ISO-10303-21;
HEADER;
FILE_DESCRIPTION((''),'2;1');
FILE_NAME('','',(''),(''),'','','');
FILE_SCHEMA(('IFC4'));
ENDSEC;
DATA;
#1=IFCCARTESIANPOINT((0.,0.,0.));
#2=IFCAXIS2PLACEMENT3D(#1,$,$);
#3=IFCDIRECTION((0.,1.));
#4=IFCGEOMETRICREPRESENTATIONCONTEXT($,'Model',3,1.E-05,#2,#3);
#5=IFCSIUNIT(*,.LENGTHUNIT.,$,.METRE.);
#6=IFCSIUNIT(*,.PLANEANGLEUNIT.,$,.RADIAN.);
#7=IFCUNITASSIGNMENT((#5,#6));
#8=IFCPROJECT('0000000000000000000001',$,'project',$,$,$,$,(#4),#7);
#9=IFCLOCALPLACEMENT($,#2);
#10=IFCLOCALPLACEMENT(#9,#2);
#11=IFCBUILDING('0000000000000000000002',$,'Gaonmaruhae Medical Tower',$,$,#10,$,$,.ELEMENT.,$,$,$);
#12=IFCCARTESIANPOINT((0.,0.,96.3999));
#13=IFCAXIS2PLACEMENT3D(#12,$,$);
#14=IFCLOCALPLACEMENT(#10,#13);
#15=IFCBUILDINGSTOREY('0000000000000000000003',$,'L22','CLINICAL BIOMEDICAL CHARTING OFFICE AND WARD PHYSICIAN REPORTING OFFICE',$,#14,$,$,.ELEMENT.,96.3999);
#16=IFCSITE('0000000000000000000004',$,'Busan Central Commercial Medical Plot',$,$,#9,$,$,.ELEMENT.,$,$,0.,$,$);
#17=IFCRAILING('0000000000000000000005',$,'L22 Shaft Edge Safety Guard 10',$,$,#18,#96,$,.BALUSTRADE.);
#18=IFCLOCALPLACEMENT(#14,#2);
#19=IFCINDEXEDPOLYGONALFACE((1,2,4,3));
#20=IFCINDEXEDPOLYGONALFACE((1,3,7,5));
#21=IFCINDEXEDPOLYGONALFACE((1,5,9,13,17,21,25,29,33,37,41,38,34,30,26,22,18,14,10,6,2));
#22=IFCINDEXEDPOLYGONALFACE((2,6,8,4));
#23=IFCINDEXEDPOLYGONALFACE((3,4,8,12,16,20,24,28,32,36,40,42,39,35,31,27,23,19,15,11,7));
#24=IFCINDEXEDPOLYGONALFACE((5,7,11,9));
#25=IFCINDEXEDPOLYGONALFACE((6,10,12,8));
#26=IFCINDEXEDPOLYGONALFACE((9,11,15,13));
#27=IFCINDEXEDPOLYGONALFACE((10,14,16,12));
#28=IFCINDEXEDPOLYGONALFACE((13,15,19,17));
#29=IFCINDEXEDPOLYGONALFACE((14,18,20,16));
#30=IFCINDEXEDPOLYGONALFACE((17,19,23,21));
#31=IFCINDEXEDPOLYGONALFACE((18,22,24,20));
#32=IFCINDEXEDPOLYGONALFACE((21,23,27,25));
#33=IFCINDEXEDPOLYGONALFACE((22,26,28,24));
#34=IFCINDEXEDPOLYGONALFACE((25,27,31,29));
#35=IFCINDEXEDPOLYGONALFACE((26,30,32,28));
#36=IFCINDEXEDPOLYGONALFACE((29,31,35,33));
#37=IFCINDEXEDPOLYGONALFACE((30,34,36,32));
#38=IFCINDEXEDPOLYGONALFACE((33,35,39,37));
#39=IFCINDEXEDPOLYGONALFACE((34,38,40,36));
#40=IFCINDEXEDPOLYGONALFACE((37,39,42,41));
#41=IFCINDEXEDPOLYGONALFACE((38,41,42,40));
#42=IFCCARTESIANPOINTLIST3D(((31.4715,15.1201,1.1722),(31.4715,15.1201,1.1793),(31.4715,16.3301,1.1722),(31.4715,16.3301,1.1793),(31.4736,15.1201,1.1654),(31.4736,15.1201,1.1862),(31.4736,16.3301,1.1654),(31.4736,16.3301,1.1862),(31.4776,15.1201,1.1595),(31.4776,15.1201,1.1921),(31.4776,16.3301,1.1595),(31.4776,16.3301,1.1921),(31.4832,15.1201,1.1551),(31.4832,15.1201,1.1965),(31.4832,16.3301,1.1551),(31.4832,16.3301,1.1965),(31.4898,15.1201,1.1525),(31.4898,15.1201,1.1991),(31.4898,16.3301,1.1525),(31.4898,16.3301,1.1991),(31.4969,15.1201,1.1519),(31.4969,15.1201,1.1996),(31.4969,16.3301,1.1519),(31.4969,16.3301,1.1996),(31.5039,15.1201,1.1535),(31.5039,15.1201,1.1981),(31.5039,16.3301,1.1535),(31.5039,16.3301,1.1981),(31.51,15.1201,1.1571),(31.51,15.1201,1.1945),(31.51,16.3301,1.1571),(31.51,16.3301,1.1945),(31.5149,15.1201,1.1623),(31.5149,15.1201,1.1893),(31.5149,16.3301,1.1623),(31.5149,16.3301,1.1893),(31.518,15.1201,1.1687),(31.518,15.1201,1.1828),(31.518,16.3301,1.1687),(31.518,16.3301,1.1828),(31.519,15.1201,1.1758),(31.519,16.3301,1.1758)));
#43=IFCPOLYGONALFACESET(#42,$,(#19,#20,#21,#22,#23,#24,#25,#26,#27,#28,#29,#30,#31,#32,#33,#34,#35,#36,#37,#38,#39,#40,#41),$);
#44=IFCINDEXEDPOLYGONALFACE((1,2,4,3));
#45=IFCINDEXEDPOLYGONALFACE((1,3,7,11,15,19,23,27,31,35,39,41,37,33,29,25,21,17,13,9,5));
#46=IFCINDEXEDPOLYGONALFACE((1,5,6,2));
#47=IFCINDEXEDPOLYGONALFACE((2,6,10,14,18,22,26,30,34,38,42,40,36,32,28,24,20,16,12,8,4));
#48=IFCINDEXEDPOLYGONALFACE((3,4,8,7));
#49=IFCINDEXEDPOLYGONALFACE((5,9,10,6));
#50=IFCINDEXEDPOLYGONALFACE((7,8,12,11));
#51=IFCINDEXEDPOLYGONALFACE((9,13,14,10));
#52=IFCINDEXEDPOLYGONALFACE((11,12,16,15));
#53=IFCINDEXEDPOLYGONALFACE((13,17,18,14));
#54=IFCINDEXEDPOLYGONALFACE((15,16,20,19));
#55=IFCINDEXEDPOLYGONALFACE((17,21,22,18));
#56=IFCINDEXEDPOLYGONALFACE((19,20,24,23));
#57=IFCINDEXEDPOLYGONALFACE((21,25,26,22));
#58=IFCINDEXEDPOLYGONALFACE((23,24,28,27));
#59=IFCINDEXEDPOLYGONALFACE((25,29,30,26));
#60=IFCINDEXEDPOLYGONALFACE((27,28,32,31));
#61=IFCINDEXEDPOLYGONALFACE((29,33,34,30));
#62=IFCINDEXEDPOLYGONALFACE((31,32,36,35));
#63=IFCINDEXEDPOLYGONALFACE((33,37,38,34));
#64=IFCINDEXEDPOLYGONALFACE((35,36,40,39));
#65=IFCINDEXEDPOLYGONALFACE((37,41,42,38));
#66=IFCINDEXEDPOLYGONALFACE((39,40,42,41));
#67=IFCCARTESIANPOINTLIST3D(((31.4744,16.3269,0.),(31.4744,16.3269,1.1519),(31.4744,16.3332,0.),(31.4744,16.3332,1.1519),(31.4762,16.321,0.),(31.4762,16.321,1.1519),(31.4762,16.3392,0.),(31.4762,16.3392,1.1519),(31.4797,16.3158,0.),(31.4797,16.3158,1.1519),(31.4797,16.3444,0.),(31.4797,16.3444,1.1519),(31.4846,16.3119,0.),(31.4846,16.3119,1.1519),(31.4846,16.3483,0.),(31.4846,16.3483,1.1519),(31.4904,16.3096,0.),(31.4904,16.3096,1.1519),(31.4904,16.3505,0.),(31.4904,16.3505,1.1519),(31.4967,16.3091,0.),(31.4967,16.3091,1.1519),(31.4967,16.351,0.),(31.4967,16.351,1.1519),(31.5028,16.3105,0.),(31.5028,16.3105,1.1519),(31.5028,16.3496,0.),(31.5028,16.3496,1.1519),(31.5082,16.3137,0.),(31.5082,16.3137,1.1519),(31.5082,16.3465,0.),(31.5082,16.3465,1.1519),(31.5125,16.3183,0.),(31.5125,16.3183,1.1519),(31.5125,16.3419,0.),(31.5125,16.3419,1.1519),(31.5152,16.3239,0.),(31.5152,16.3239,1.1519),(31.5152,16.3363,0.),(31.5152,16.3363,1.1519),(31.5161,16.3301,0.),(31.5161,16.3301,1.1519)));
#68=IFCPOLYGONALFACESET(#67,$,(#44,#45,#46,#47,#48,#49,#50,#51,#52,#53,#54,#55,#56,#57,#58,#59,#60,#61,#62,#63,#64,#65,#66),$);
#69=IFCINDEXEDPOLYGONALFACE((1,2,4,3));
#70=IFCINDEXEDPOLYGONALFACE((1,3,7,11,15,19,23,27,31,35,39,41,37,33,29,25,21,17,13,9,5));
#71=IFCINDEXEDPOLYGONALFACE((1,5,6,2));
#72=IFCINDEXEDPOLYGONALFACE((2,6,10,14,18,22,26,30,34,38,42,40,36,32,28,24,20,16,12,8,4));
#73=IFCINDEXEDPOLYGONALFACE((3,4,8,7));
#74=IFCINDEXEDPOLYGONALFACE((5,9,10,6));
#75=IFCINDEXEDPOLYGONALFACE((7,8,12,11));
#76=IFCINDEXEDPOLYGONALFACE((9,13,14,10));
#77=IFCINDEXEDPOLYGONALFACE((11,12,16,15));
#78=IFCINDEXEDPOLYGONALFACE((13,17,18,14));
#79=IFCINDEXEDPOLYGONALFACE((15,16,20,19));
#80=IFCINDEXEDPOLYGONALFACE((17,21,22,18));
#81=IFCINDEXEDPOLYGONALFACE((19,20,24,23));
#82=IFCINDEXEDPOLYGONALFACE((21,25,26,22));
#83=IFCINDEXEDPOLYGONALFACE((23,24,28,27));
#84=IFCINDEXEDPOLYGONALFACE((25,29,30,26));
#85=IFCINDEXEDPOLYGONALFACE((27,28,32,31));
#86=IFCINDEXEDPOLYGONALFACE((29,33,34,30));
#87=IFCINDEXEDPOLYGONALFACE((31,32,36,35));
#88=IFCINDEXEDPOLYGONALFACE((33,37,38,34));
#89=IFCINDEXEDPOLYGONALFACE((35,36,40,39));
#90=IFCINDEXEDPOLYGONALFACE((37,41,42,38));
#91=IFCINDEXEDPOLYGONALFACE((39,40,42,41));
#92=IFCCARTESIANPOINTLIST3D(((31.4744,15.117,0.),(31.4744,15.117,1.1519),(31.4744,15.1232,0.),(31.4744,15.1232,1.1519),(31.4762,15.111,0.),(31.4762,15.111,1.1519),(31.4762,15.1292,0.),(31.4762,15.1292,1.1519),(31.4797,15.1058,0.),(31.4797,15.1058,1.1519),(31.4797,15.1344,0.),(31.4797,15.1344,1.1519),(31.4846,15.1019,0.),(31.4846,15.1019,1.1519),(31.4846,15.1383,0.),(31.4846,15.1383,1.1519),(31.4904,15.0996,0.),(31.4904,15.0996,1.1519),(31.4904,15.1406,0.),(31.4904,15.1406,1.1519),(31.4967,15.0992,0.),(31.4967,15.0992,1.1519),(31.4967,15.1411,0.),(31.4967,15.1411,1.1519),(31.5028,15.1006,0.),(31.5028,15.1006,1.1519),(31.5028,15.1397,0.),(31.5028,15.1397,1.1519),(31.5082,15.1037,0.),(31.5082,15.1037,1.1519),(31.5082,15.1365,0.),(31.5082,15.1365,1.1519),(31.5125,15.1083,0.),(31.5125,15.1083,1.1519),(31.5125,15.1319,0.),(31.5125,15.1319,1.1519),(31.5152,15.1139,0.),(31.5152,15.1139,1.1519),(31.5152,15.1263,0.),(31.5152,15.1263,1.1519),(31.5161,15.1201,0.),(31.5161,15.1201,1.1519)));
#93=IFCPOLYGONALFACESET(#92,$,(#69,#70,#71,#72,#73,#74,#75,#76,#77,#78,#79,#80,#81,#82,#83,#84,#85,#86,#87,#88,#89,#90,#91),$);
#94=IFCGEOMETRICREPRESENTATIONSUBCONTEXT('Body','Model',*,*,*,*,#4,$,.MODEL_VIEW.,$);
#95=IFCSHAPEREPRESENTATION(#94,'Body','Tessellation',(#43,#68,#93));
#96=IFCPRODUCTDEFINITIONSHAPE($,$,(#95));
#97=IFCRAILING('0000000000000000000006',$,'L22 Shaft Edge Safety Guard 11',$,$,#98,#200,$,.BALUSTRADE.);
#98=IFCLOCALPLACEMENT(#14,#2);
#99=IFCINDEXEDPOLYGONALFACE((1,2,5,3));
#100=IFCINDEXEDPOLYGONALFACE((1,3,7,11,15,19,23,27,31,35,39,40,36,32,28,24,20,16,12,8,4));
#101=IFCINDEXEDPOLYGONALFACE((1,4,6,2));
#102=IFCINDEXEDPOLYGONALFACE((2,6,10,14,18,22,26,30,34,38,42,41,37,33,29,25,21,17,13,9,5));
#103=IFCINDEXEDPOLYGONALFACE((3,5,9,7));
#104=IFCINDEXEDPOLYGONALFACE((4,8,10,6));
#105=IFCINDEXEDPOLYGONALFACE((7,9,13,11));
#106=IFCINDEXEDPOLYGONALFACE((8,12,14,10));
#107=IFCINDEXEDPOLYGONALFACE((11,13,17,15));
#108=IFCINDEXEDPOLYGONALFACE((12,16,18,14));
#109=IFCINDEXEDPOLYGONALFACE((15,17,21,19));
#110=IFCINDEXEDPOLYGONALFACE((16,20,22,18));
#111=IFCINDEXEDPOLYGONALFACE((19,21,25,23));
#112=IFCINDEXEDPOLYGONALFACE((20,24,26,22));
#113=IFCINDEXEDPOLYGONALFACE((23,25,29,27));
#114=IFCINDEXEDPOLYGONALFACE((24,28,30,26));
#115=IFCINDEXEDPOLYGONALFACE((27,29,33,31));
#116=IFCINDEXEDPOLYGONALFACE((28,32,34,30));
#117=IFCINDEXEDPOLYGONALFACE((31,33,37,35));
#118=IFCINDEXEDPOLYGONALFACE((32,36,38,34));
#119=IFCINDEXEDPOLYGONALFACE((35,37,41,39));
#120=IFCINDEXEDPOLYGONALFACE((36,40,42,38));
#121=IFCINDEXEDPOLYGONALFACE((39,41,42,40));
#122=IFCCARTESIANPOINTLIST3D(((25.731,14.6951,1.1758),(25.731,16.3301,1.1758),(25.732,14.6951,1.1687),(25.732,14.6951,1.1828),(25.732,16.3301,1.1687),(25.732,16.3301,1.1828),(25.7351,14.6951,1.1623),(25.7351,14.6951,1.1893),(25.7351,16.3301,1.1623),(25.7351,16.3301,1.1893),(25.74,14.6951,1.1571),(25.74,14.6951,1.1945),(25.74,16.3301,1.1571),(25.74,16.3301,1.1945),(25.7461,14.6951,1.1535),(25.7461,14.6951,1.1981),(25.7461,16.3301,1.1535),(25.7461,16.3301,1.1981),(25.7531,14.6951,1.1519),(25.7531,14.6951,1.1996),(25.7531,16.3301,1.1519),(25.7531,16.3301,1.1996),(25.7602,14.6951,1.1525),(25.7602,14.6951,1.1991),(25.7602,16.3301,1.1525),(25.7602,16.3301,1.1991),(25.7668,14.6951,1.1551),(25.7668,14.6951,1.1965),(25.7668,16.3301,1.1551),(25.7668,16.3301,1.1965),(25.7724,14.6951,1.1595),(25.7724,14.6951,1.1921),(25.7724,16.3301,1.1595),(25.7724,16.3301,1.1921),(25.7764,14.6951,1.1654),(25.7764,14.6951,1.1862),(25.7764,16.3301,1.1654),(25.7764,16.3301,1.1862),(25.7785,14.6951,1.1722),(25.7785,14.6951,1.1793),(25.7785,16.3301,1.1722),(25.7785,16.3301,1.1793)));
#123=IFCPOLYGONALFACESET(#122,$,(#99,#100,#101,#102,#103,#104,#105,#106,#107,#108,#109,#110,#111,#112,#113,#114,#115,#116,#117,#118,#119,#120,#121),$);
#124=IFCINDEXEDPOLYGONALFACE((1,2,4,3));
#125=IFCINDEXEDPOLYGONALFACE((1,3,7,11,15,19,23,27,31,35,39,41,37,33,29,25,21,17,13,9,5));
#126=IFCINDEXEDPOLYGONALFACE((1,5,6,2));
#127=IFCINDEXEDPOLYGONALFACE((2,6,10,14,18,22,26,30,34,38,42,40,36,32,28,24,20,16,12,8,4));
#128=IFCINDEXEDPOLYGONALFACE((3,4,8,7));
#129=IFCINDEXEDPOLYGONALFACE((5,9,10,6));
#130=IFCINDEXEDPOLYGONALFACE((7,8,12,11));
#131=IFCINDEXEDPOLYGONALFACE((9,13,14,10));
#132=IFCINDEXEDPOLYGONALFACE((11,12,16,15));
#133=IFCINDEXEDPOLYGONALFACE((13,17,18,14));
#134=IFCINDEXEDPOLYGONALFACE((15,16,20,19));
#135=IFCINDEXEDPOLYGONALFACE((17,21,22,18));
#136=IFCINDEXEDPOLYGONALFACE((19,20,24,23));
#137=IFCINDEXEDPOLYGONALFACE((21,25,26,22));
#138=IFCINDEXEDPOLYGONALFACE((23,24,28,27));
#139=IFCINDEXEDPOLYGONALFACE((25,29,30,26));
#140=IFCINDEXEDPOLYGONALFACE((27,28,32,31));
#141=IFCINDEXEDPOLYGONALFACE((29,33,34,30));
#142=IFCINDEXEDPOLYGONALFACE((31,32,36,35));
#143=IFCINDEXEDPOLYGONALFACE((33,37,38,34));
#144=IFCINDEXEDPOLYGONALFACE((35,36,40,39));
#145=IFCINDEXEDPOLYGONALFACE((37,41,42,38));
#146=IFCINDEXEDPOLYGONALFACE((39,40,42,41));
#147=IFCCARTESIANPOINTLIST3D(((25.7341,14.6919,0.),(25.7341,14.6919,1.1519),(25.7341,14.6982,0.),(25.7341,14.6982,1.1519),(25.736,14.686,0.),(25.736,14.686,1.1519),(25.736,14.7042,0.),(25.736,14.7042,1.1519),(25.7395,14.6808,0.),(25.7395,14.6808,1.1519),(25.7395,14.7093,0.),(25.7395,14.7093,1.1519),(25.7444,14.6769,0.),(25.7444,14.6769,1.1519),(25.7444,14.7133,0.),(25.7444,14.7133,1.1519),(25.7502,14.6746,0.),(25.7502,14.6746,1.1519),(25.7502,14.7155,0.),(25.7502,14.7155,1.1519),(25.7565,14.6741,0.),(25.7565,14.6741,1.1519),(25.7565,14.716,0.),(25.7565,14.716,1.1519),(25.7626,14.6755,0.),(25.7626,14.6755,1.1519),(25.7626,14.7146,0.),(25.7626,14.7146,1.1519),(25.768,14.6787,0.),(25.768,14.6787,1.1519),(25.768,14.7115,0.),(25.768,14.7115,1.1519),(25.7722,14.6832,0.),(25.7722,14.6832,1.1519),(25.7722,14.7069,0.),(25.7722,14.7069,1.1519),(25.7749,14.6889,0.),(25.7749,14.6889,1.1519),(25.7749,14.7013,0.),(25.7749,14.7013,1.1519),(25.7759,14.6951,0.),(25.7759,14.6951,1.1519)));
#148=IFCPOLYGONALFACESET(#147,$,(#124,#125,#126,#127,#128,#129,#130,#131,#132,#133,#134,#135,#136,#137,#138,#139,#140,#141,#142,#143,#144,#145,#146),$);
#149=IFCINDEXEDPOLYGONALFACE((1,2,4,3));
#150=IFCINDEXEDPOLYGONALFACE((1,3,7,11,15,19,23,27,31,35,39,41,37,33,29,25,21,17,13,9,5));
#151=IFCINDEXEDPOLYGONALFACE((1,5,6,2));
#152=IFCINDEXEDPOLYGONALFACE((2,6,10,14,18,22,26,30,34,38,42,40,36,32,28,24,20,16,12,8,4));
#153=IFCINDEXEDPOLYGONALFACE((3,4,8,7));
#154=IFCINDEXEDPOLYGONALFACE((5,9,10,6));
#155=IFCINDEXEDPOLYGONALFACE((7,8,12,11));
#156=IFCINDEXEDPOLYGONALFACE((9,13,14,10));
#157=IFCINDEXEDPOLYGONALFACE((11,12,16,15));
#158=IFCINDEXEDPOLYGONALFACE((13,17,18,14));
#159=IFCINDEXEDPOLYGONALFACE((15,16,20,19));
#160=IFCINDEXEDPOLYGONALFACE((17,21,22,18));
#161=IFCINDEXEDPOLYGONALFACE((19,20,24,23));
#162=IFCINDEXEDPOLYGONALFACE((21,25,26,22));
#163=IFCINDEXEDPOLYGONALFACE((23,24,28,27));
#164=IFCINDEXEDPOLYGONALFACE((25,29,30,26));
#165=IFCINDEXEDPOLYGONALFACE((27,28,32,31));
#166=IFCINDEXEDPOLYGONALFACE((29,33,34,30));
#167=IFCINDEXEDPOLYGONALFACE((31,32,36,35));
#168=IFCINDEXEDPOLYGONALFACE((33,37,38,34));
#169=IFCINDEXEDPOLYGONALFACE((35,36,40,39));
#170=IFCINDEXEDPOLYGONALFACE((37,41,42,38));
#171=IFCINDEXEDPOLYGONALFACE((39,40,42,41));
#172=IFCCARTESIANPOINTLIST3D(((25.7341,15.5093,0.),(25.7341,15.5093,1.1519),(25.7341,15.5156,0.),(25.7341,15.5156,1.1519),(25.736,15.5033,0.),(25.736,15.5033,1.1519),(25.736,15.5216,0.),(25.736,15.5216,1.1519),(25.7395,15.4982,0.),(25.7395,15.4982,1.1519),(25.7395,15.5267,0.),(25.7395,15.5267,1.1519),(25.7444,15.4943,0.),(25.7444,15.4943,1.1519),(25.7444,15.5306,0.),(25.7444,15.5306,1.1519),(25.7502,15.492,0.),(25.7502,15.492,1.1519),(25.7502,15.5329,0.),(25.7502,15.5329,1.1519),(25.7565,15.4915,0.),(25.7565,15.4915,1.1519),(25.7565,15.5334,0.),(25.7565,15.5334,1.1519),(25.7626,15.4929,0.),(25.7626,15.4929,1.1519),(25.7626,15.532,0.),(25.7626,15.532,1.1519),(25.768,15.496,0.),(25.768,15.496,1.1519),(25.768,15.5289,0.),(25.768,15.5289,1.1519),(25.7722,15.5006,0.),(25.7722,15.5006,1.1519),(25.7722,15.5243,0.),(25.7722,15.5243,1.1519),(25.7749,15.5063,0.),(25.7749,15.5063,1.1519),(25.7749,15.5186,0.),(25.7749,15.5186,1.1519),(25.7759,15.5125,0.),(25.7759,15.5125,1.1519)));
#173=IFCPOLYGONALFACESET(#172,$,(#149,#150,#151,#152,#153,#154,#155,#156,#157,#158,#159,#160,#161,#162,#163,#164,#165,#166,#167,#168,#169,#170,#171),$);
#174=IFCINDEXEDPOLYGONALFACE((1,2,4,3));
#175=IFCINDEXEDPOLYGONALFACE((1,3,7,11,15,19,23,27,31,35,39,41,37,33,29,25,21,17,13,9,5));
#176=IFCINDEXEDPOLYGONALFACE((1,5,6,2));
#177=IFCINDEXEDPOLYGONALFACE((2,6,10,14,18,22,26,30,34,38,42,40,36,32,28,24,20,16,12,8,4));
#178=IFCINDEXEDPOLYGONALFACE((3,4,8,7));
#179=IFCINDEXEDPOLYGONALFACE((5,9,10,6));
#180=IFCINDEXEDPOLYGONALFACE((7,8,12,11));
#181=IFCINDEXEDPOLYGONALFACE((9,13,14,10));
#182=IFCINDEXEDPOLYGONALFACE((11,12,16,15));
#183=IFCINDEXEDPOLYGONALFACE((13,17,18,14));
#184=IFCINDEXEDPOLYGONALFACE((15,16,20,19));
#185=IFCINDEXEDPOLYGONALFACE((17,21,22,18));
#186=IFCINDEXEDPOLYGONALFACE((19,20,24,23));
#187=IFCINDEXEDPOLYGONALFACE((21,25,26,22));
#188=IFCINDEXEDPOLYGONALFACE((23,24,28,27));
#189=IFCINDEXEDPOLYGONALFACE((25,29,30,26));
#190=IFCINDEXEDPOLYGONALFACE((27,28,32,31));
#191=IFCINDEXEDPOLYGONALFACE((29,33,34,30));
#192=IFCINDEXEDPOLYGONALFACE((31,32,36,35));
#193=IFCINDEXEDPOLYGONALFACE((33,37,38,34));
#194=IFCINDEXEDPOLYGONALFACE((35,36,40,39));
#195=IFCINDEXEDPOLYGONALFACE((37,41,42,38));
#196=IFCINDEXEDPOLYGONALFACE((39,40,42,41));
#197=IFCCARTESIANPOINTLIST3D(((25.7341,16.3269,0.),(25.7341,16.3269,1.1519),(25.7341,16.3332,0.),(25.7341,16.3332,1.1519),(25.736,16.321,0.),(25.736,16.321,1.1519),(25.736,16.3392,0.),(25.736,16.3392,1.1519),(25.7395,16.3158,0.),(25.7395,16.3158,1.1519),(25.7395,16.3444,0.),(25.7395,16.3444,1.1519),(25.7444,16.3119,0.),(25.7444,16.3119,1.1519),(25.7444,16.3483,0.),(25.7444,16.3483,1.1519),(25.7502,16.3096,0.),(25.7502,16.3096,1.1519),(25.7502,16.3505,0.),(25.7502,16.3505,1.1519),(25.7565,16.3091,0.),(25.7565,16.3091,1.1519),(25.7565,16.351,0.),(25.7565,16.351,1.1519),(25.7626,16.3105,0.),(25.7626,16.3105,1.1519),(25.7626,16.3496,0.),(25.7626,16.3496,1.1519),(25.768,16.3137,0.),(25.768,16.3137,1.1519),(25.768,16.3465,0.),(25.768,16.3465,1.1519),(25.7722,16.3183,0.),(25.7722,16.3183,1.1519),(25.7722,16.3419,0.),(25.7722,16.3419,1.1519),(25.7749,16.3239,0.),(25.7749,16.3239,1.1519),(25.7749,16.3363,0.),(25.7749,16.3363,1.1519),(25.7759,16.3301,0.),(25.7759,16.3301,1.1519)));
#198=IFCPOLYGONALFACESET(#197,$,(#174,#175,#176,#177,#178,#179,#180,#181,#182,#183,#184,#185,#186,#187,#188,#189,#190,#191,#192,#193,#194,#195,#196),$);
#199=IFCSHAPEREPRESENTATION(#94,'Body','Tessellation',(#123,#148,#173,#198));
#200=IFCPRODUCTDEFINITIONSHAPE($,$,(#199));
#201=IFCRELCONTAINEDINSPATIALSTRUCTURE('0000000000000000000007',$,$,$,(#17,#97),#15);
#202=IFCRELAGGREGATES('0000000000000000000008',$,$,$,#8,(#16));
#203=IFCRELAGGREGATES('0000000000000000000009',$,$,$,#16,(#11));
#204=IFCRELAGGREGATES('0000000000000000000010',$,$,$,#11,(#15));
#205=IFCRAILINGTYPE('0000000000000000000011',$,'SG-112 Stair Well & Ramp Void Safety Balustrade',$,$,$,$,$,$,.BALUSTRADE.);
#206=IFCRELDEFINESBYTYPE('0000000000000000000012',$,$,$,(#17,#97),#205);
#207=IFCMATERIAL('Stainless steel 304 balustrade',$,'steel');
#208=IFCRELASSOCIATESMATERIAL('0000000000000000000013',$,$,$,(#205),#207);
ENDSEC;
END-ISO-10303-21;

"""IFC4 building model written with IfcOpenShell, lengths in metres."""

from ifc_helpers import new_model, si_unit, direction, frame, origin, origin_2d, place, context, subcontext, project, spatial, circle, extrude, material, type_object, element, save


model = new_model("IFC4")

# Units and contexts
model_context = context("Model", 3, precision=1e-05, world=origin(), true_north=direction((0.0, 1.0)))
body_context = subcontext(model_context, "Body", "Model", "MODEL_VIEW")
ifc_project = project(units=[si_unit("LENGTHUNIT", "METRE"), si_unit("PLANEANGLEUNIT", "RADIAN")], contexts=[model_context])

# Site, building, storey
site_placement = place(None, origin())
site = spatial("IfcSite", under=ifc_project, at=site_placement, Name="Busan Central Commercial Medical Plot", CompositionType="ELEMENT", RefElevation=0.0)
building_placement = place(site_placement, origin())
building = spatial("IfcBuilding", under=site, at=building_placement, Name="Gaonmaruhae Medical Tower", CompositionType="ELEMENT")
storey_placement = place(building_placement, frame((0.0, 0.0, 96.3999)))
storey = spatial("IfcBuildingStorey", under=building, at=storey_placement, Name="L22", Description="CLINICAL BIOMEDICAL CHARTING OFFICE AND WARD PHYSICIAN REPORTING OFFICE", CompositionType="ELEMENT", Elevation=96.3999)

# Railings
ifc_material_1 = material(Name="Stainless steel 304 balustrade", Category="steel")
railing_type = type_object("IfcRailingType", Name="SG-112 Stair Well & Ramp Void Safety Balustrade", PredefinedType="BALUSTRADE", material=ifc_material_1)
railing_1_placement = place(storey_placement, frame((31.4951, 16.3301, 0.0)))
element("IfcRailing", 1, at=railing_1_placement, inside=storey, type_object=railing_type, Name="L22 Shaft Edge Safety Guard 10", PredefinedType="BALUSTRADE", context=body_context, shape_type="SweptSolid", body=[
    extrude(circle(Radius=0.0239, at=origin_2d()), frame((0.0, 0.0, 1.1758), z_axis=(0.0, -1.0, 0.0), x_axis=(1.0, 0.0, 0.0)), (0.0, 0.0, 1.0), 1.21),
    extrude(circle(Radius=0.021, at=origin_2d()), origin(), (0.0, 0.0, 1.0), 1.1519),
    extrude(circle(Radius=0.021, at=origin_2d()), frame((0.0, -1.21, 0.0)), (0.0, 0.0, 1.0), 1.1519),
])
railing_2_placement = place(storey_placement, frame((25.7549, 14.6951, 0.0)))
element("IfcRailing", 2, at=railing_2_placement, inside=storey, type_object=railing_type, Name="L22 Shaft Edge Safety Guard 11", PredefinedType="BALUSTRADE", context=body_context, shape_type="SweptSolid", body=[
    extrude(circle(Radius=0.0239, at=origin_2d()), frame((0.0, 0.0, 1.1758), z_axis=(0.0, 1.0, 0.0), x_axis=(-1.0, 0.0, 0.0)), (0.0, 0.0, 1.0), 1.635),
    extrude(circle(Radius=0.021, at=origin_2d()), origin(), (0.0, 0.0, 1.0), 1.1519),
    extrude(circle(Radius=0.021, at=origin_2d()), frame((0.0, 0.8174, 0.0)), (0.0, 0.0, 1.0), 1.1519),
    extrude(circle(Radius=0.021, at=origin_2d()), frame((0.0, 1.635, 0.0)), (0.0, 0.0, 1.0), 1.1519),
])

save(model, "model.ifc")
